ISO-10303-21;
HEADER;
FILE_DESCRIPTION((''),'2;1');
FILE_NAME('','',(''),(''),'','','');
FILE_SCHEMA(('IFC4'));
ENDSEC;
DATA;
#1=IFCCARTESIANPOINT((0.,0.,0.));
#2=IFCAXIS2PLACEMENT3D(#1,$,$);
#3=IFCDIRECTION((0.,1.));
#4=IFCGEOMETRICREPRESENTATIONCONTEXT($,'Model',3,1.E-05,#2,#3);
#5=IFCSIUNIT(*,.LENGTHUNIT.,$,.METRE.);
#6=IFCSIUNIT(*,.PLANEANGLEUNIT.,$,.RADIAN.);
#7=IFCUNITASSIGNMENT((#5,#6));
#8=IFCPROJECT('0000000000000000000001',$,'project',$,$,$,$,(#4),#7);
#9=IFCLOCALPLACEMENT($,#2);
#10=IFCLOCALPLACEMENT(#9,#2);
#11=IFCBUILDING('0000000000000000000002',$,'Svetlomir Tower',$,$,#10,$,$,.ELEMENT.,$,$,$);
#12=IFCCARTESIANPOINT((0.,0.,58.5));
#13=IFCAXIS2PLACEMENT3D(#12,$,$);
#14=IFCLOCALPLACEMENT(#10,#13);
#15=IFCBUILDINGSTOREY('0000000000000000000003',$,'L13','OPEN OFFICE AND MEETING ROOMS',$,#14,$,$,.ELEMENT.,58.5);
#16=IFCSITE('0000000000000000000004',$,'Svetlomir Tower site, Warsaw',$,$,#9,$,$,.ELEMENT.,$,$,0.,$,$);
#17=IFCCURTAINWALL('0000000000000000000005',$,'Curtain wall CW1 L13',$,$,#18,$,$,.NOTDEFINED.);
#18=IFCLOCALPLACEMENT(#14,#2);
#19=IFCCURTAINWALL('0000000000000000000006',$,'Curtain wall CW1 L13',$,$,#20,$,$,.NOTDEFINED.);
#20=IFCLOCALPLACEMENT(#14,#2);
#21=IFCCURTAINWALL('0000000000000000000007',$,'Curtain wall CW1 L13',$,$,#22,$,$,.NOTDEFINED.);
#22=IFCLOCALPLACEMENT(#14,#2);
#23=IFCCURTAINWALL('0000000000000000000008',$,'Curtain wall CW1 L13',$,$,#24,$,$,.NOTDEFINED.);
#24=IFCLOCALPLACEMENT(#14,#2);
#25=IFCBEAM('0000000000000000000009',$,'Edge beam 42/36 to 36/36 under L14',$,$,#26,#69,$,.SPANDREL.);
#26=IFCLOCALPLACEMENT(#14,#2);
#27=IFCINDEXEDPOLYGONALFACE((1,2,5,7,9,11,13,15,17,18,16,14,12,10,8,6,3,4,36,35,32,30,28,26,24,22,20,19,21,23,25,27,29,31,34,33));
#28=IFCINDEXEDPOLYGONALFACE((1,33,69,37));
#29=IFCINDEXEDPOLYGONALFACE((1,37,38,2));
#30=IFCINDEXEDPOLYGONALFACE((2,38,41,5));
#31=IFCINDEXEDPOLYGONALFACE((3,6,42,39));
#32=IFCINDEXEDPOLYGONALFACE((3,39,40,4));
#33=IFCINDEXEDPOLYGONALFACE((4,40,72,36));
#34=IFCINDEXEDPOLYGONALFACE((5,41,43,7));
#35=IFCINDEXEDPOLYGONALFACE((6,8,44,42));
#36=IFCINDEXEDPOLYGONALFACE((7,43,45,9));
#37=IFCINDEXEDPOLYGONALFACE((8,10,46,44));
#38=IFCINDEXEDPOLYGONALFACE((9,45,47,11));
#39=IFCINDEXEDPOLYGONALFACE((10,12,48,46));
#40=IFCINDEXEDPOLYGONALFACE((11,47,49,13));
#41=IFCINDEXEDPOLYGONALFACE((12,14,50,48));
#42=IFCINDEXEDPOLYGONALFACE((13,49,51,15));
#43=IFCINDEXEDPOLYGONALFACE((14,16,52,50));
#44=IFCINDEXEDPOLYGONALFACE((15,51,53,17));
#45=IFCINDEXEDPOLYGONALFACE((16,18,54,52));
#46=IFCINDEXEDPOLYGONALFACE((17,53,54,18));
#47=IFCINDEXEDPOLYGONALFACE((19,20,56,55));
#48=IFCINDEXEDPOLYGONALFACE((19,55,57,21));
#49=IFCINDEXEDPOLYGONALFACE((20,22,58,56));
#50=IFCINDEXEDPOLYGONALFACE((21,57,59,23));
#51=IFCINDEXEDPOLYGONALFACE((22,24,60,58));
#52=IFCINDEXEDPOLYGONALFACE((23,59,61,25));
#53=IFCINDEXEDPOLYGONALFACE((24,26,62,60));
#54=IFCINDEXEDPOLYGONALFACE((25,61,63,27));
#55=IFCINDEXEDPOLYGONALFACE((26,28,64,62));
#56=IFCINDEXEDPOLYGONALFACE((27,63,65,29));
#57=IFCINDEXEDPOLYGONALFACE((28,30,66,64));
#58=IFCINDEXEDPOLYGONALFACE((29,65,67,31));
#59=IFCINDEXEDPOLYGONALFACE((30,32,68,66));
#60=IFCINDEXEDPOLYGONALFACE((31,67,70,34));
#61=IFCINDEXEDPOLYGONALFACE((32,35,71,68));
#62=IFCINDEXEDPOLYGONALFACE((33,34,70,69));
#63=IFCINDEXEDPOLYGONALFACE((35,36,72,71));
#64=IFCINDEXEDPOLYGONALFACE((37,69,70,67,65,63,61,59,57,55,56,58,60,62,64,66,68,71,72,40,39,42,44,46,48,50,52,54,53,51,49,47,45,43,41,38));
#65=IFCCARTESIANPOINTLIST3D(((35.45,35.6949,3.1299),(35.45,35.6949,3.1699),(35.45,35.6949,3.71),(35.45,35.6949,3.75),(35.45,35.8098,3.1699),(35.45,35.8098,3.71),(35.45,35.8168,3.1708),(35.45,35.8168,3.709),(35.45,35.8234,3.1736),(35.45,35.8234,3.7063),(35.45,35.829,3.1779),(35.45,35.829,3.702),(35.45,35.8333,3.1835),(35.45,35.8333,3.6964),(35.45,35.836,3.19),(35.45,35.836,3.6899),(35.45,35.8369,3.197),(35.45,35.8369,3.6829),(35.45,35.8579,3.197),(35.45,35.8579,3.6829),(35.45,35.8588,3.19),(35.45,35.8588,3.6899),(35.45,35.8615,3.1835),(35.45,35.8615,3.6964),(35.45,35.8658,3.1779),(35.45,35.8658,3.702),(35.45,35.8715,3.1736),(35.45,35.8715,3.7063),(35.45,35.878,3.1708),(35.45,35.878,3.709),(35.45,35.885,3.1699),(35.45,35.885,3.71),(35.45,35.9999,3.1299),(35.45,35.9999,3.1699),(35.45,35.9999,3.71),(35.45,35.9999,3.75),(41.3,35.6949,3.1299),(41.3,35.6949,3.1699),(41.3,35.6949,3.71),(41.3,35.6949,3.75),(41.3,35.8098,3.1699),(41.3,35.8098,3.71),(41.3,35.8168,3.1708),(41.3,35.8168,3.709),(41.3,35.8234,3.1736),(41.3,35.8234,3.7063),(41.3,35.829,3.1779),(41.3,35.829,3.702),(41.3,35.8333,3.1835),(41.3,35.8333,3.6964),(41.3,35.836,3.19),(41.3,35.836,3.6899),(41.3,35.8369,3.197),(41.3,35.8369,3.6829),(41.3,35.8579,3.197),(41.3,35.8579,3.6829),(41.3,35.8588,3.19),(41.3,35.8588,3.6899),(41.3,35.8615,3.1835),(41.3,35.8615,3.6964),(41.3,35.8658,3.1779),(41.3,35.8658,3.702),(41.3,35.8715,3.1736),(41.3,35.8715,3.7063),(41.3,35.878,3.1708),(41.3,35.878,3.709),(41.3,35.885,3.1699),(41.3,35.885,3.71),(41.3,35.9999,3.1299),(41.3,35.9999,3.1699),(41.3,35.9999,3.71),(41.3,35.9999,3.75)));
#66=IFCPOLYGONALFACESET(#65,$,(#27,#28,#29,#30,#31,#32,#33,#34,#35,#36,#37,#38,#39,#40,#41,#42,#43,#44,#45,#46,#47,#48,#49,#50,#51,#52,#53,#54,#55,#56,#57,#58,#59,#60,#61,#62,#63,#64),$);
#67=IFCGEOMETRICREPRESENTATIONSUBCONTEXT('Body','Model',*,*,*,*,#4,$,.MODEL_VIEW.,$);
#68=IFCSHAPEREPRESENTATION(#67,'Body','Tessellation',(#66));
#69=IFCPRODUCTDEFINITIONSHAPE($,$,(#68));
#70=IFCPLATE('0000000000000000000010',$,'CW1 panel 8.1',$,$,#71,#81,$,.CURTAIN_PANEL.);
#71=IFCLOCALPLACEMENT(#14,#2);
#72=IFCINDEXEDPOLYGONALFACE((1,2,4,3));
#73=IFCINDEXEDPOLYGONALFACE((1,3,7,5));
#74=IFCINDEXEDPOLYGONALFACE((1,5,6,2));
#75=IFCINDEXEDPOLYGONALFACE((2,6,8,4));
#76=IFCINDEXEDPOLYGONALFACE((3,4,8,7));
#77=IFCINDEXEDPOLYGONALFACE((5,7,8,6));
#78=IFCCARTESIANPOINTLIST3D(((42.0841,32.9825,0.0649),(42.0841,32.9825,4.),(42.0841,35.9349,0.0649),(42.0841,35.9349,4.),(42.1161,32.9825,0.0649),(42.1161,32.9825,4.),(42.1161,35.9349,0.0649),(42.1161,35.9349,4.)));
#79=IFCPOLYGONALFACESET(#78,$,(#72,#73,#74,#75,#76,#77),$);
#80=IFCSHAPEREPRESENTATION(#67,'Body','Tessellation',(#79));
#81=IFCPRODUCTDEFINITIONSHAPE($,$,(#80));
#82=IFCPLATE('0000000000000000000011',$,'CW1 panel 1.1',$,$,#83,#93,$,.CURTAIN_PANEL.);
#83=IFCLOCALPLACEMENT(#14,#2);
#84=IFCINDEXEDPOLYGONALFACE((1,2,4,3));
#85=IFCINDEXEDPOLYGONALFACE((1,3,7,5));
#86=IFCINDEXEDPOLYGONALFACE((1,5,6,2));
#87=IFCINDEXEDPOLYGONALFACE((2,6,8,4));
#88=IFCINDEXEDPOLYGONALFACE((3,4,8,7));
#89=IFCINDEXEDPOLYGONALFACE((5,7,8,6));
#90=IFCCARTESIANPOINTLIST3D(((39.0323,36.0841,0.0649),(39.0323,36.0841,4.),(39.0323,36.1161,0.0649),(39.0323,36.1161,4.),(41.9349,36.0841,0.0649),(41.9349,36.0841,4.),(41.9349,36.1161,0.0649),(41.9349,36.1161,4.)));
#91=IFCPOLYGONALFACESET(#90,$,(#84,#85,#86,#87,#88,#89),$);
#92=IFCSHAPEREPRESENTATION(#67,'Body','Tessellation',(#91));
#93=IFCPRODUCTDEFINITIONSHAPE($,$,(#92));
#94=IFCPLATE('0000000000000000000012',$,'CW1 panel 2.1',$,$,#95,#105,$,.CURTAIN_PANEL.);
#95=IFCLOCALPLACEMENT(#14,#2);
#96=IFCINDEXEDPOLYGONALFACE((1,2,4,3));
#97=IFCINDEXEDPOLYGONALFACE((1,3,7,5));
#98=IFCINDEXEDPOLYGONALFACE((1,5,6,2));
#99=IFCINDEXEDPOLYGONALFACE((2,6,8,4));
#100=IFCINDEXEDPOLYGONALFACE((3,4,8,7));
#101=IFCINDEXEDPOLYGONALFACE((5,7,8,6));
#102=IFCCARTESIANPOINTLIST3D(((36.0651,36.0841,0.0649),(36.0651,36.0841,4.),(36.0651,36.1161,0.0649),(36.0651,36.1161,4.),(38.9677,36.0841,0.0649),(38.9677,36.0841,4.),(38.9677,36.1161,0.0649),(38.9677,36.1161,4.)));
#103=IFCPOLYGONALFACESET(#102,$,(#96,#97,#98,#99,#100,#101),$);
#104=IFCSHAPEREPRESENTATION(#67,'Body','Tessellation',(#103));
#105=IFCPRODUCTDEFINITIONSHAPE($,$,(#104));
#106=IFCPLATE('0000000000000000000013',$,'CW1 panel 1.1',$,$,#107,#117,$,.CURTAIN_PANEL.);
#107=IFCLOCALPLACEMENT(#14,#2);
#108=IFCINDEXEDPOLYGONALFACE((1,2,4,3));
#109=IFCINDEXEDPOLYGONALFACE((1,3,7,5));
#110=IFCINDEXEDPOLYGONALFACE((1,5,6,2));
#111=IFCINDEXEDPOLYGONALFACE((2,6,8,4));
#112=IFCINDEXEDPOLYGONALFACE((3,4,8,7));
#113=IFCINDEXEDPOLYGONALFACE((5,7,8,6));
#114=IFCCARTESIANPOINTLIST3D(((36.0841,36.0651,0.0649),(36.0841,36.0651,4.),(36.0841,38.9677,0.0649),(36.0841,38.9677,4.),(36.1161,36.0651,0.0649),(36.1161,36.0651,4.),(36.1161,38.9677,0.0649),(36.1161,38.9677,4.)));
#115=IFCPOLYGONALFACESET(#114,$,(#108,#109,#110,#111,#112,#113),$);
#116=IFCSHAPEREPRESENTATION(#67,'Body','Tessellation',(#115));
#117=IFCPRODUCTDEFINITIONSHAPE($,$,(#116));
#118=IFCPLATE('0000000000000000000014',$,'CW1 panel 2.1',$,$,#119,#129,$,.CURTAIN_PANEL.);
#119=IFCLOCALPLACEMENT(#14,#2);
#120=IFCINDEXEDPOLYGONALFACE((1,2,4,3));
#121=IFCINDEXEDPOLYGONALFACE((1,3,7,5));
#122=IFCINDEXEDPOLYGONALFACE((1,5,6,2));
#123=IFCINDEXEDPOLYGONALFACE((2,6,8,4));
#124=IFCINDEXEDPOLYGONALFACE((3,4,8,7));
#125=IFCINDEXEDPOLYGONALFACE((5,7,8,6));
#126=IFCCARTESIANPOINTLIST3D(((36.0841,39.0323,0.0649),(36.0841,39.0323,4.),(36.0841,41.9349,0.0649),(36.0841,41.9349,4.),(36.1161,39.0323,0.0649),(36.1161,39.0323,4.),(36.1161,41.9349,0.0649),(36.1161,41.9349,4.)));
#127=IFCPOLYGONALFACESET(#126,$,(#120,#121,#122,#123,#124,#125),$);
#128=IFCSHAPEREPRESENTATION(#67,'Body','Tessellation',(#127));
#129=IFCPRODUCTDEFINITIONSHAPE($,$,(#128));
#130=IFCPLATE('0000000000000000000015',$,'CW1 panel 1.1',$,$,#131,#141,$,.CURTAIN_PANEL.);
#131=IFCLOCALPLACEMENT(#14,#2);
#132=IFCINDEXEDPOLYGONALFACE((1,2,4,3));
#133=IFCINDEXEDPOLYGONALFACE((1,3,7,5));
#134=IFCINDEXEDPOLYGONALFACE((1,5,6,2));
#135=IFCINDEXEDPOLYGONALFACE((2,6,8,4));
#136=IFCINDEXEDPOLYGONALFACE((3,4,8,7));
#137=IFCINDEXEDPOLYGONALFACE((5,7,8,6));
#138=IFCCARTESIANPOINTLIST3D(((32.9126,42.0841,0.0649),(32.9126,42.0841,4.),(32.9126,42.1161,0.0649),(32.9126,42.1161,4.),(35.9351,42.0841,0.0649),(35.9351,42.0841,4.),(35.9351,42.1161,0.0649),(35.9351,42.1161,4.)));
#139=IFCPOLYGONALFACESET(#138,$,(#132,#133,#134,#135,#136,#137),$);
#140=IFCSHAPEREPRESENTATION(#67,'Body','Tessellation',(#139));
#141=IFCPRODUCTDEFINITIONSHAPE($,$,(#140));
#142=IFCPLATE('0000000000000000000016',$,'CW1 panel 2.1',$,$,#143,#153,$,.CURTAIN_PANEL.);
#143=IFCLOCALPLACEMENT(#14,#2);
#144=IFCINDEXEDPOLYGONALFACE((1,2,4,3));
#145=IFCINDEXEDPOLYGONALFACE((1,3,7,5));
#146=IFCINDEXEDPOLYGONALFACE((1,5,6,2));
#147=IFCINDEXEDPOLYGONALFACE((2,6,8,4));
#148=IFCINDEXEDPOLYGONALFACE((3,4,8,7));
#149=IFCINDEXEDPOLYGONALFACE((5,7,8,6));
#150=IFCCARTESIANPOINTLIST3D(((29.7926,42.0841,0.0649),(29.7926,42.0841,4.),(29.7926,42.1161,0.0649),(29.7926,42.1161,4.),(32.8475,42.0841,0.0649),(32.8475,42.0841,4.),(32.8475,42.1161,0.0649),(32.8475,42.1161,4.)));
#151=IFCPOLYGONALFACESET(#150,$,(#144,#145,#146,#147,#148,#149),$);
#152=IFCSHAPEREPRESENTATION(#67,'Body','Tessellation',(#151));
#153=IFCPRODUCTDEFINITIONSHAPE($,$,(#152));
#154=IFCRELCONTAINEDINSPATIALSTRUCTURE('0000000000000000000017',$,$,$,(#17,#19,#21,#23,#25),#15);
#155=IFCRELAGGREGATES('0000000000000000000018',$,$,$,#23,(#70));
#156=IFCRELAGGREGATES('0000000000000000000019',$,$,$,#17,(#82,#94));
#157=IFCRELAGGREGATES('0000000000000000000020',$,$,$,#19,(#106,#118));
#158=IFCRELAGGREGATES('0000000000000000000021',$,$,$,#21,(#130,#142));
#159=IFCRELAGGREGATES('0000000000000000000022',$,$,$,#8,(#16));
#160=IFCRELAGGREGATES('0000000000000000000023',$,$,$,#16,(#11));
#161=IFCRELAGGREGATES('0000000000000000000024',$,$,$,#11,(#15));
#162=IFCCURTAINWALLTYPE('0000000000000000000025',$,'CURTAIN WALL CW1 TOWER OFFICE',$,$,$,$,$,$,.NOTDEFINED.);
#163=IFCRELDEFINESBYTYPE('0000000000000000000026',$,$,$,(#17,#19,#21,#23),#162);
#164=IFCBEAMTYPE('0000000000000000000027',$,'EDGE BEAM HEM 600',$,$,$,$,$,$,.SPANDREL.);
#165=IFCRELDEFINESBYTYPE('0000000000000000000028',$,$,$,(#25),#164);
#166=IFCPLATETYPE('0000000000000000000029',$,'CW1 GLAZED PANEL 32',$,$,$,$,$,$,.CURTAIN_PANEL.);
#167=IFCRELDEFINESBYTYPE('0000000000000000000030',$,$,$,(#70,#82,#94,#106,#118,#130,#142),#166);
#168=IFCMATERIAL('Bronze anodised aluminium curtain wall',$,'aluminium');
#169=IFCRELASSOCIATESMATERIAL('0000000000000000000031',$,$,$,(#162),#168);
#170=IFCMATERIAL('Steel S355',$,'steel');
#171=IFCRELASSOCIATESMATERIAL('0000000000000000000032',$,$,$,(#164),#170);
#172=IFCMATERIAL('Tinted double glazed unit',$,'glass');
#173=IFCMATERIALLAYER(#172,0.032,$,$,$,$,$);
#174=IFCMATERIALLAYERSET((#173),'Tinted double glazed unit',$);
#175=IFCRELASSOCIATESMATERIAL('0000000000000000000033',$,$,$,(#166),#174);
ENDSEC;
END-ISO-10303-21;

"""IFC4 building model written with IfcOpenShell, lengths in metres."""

from ifc_helpers import new_model, si_unit, direction, frame, origin, origin_2d, place, context, subcontext, project, spatial, rectangle, i_section, extrude, material, layer, layer_set, material_profile, profile_set, type_object, element, aggregate, save


model = new_model("IFC4")

# Units and contexts
model_context = context("Model", 3, precision=1e-05, world=origin(), true_north=direction((0.0, 1.0)))
body_context = subcontext(model_context, "Body", "Model", "MODEL_VIEW")
ifc_project = project(units=[si_unit("LENGTHUNIT", "METRE"), si_unit("PLANEANGLEUNIT", "RADIAN")], contexts=[model_context])

# Site, building, storey
site_placement = place(None, origin())
site = spatial("IfcSite", under=ifc_project, at=site_placement, Name="Svetlomir Tower site, Warsaw", CompositionType="ELEMENT", RefElevation=0.0)
building_placement = place(site_placement, origin())
building = spatial("IfcBuilding", under=site, at=building_placement, Name="Svetlomir Tower", CompositionType="ELEMENT")
storey_placement = place(building_placement, frame((0.0, 0.0, 58.5)))
storey = spatial("IfcBuildingStorey", under=building, at=storey_placement, Name="L13", Description="OPEN OFFICE AND MEETING ROOMS", CompositionType="ELEMENT", Elevation=58.5)

# Curtain walls
ifc_material_1 = material(Name="Bronze anodised aluminium curtain wall", Category="aluminium")
curtain_wall_type = type_object("IfcCurtainWallType", Name="CURTAIN WALL CW1 TOWER OFFICE", PredefinedType="NOTDEFINED", material=ifc_material_1)
curtain_wall_1_placement = place(storey_placement, origin())
curtain_wall_1 = element("IfcCurtainWall", 1, at=curtain_wall_1_placement, inside=storey, type_object=curtain_wall_type, Name="Curtain wall CW1 L13", PredefinedType="NOTDEFINED")
curtain_wall_2_placement = place(storey_placement, origin())
curtain_wall_2 = element("IfcCurtainWall", 2, at=curtain_wall_2_placement, inside=storey, type_object=curtain_wall_type, Name="Curtain wall CW1 L13", PredefinedType="NOTDEFINED")
curtain_wall_3_placement = place(storey_placement, origin())
curtain_wall_3 = element("IfcCurtainWall", 3, at=curtain_wall_3_placement, inside=storey, type_object=curtain_wall_type, Name="Curtain wall CW1 L13", PredefinedType="NOTDEFINED")
curtain_wall_4_placement = place(storey_placement, origin())
curtain_wall_4 = element("IfcCurtainWall", 4, at=curtain_wall_4_placement, inside=storey, type_object=curtain_wall_type, Name="Curtain wall CW1 L13", PredefinedType="NOTDEFINED")

# Beam
ifc_material_2 = material(Name="Steel S355", Category="steel")
ifc_material_profile_1 = material_profile(ifc_material_2, i_section(OverallWidth=0.3049, OverallDepth=0.6201, WebThickness=0.021, FlangeThickness=0.04, FilletRadius=0.0271, at=origin_2d()), Name="HEM 600")
ifc_profile_set_1 = profile_set([ifc_material_profile_1], Name="Steel S355")
beam_type = type_object("IfcBeamType", Name="EDGE BEAM HEM 600", PredefinedType="SPANDREL", material=ifc_profile_set_1)
for number, where, z_axis, x_axis, name in (
    (5, (41.3, 35.8474, 3.4399), (-1.0, 0.0, 0.0), (0.0, -1.0, 0.0), "Edge beam 42/36 to 36/36 under L14"),
):
    element("IfcBeam", number, at=place(storey_placement, frame(where, z_axis=z_axis, x_axis=x_axis)), inside=storey, type_object=beam_type, Name=name, PredefinedType="SPANDREL", context=body_context, shape_type="SweptSolid", body=[
        extrude(i_section(OverallWidth=0.3049, OverallDepth=0.6201, WebThickness=0.021, FlangeThickness=0.04, FilletRadius=0.0271, at=origin_2d()), origin(), (0.0, 0.0, 1.0), 5.8501),
    ])

# Plates
ifc_material_3 = material(Name="Tinted double glazed unit", Category="glass")
ifc_layer = layer(ifc_material_3, 0.032)
ifc_layer_set = layer_set([ifc_layer], Name="Tinted double glazed unit")
plate_type = type_object("IfcPlateType", Name="CW1 GLAZED PANEL 32", PredefinedType="CURTAIN_PANEL", material=ifc_layer_set)
plate_1_placement = place(storey_placement, frame((42.1001, 34.4587, 0.0649), z_axis=(0.0, 0.0, 1.0), x_axis=(0.0, 1.0, 0.0)))
plate_1 = element("IfcPlate", 6, at=plate_1_placement, type_object=plate_type, Name="CW1 panel 8.1", PredefinedType="CURTAIN_PANEL", context=body_context, shape_type="SweptSolid", body=[
    extrude(rectangle(XDim=2.9524, YDim=0.032, at=origin_2d()), origin(), (0.0, 0.0, 1.0), 3.9351),
])
aggregate(curtain_wall_4, [plate_1])
plate_2_placement = place(storey_placement, frame((40.4836, 36.1001, 0.0649), z_axis=(0.0, 0.0, 1.0), x_axis=(-1.0, 0.0, 0.0)))
plate_2 = element("IfcPlate", 7, at=plate_2_placement, type_object=plate_type, Name="CW1 panel 1.1", PredefinedType="CURTAIN_PANEL", context=body_context, shape_type="SweptSolid", body=[
    extrude(rectangle(XDim=2.9026, YDim=0.032, at=origin_2d()), origin(), (0.0, 0.0, 1.0), 3.9351),
])
plate_3_placement = place(storey_placement, frame((37.5164, 36.1001, 0.0649), z_axis=(0.0, 0.0, 1.0), x_axis=(-1.0, 0.0, 0.0)))
plate_3 = element("IfcPlate", 8, at=plate_3_placement, type_object=plate_type, Name="CW1 panel 2.1", PredefinedType="CURTAIN_PANEL", context=body_context, shape_type="SweptSolid", body=[
    extrude(rectangle(XDim=2.9026, YDim=0.032, at=origin_2d()), origin(), (0.0, 0.0, 1.0), 3.9351),
])
aggregate(curtain_wall_1, [plate_2, plate_3])
plate_4_placement = place(storey_placement, frame((36.1001, 37.5164, 0.0649), z_axis=(0.0, 0.0, 1.0), x_axis=(0.0, 1.0, 0.0)))
plate_4 = element("IfcPlate", 9, at=plate_4_placement, type_object=plate_type, Name="CW1 panel 1.1", PredefinedType="CURTAIN_PANEL", context=body_context, shape_type="SweptSolid", body=[
    extrude(rectangle(XDim=2.9026, YDim=0.032, at=origin_2d()), origin(), (0.0, 0.0, 1.0), 3.9351),
])
plate_5_placement = place(storey_placement, frame((36.1001, 40.4836, 0.0649), z_axis=(0.0, 0.0, 1.0), x_axis=(0.0, 1.0, 0.0)))
plate_5 = element("IfcPlate", 10, at=plate_5_placement, type_object=plate_type, Name="CW1 panel 2.1", PredefinedType="CURTAIN_PANEL", context=body_context, shape_type="SweptSolid", body=[
    extrude(rectangle(XDim=2.9026, YDim=0.032, at=origin_2d()), origin(), (0.0, 0.0, 1.0), 3.9351),
])
aggregate(curtain_wall_2, [plate_4, plate_5])
plate_6_placement = place(storey_placement, frame((34.4238, 42.1001, 0.0649), z_axis=(0.0, 0.0, 1.0), x_axis=(-1.0, 0.0, 0.0)))
plate_6 = element("IfcPlate", 11, at=plate_6_placement, type_object=plate_type, Name="CW1 panel 1.1", PredefinedType="CURTAIN_PANEL", context=body_context, shape_type="SweptSolid", body=[
    extrude(rectangle(XDim=3.0225, YDim=0.032, at=origin_2d()), origin(), (0.0, 0.0, 1.0), 3.9351),
])
plate_7_placement = place(storey_placement, frame((31.3201, 42.1001, 0.0649), z_axis=(0.0, 0.0, 1.0), x_axis=(-1.0, 0.0, 0.0)))
plate_7 = element("IfcPlate", 12, at=plate_7_placement, type_object=plate_type, Name="CW1 panel 2.1", PredefinedType="CURTAIN_PANEL", context=body_context, shape_type="SweptSolid", body=[
    extrude(rectangle(XDim=3.0549, YDim=0.032, at=origin_2d()), origin(), (0.0, 0.0, 1.0), 3.9351),
])
aggregate(curtain_wall_3, [plate_6, plate_7])

save(model, "model.ifc")
